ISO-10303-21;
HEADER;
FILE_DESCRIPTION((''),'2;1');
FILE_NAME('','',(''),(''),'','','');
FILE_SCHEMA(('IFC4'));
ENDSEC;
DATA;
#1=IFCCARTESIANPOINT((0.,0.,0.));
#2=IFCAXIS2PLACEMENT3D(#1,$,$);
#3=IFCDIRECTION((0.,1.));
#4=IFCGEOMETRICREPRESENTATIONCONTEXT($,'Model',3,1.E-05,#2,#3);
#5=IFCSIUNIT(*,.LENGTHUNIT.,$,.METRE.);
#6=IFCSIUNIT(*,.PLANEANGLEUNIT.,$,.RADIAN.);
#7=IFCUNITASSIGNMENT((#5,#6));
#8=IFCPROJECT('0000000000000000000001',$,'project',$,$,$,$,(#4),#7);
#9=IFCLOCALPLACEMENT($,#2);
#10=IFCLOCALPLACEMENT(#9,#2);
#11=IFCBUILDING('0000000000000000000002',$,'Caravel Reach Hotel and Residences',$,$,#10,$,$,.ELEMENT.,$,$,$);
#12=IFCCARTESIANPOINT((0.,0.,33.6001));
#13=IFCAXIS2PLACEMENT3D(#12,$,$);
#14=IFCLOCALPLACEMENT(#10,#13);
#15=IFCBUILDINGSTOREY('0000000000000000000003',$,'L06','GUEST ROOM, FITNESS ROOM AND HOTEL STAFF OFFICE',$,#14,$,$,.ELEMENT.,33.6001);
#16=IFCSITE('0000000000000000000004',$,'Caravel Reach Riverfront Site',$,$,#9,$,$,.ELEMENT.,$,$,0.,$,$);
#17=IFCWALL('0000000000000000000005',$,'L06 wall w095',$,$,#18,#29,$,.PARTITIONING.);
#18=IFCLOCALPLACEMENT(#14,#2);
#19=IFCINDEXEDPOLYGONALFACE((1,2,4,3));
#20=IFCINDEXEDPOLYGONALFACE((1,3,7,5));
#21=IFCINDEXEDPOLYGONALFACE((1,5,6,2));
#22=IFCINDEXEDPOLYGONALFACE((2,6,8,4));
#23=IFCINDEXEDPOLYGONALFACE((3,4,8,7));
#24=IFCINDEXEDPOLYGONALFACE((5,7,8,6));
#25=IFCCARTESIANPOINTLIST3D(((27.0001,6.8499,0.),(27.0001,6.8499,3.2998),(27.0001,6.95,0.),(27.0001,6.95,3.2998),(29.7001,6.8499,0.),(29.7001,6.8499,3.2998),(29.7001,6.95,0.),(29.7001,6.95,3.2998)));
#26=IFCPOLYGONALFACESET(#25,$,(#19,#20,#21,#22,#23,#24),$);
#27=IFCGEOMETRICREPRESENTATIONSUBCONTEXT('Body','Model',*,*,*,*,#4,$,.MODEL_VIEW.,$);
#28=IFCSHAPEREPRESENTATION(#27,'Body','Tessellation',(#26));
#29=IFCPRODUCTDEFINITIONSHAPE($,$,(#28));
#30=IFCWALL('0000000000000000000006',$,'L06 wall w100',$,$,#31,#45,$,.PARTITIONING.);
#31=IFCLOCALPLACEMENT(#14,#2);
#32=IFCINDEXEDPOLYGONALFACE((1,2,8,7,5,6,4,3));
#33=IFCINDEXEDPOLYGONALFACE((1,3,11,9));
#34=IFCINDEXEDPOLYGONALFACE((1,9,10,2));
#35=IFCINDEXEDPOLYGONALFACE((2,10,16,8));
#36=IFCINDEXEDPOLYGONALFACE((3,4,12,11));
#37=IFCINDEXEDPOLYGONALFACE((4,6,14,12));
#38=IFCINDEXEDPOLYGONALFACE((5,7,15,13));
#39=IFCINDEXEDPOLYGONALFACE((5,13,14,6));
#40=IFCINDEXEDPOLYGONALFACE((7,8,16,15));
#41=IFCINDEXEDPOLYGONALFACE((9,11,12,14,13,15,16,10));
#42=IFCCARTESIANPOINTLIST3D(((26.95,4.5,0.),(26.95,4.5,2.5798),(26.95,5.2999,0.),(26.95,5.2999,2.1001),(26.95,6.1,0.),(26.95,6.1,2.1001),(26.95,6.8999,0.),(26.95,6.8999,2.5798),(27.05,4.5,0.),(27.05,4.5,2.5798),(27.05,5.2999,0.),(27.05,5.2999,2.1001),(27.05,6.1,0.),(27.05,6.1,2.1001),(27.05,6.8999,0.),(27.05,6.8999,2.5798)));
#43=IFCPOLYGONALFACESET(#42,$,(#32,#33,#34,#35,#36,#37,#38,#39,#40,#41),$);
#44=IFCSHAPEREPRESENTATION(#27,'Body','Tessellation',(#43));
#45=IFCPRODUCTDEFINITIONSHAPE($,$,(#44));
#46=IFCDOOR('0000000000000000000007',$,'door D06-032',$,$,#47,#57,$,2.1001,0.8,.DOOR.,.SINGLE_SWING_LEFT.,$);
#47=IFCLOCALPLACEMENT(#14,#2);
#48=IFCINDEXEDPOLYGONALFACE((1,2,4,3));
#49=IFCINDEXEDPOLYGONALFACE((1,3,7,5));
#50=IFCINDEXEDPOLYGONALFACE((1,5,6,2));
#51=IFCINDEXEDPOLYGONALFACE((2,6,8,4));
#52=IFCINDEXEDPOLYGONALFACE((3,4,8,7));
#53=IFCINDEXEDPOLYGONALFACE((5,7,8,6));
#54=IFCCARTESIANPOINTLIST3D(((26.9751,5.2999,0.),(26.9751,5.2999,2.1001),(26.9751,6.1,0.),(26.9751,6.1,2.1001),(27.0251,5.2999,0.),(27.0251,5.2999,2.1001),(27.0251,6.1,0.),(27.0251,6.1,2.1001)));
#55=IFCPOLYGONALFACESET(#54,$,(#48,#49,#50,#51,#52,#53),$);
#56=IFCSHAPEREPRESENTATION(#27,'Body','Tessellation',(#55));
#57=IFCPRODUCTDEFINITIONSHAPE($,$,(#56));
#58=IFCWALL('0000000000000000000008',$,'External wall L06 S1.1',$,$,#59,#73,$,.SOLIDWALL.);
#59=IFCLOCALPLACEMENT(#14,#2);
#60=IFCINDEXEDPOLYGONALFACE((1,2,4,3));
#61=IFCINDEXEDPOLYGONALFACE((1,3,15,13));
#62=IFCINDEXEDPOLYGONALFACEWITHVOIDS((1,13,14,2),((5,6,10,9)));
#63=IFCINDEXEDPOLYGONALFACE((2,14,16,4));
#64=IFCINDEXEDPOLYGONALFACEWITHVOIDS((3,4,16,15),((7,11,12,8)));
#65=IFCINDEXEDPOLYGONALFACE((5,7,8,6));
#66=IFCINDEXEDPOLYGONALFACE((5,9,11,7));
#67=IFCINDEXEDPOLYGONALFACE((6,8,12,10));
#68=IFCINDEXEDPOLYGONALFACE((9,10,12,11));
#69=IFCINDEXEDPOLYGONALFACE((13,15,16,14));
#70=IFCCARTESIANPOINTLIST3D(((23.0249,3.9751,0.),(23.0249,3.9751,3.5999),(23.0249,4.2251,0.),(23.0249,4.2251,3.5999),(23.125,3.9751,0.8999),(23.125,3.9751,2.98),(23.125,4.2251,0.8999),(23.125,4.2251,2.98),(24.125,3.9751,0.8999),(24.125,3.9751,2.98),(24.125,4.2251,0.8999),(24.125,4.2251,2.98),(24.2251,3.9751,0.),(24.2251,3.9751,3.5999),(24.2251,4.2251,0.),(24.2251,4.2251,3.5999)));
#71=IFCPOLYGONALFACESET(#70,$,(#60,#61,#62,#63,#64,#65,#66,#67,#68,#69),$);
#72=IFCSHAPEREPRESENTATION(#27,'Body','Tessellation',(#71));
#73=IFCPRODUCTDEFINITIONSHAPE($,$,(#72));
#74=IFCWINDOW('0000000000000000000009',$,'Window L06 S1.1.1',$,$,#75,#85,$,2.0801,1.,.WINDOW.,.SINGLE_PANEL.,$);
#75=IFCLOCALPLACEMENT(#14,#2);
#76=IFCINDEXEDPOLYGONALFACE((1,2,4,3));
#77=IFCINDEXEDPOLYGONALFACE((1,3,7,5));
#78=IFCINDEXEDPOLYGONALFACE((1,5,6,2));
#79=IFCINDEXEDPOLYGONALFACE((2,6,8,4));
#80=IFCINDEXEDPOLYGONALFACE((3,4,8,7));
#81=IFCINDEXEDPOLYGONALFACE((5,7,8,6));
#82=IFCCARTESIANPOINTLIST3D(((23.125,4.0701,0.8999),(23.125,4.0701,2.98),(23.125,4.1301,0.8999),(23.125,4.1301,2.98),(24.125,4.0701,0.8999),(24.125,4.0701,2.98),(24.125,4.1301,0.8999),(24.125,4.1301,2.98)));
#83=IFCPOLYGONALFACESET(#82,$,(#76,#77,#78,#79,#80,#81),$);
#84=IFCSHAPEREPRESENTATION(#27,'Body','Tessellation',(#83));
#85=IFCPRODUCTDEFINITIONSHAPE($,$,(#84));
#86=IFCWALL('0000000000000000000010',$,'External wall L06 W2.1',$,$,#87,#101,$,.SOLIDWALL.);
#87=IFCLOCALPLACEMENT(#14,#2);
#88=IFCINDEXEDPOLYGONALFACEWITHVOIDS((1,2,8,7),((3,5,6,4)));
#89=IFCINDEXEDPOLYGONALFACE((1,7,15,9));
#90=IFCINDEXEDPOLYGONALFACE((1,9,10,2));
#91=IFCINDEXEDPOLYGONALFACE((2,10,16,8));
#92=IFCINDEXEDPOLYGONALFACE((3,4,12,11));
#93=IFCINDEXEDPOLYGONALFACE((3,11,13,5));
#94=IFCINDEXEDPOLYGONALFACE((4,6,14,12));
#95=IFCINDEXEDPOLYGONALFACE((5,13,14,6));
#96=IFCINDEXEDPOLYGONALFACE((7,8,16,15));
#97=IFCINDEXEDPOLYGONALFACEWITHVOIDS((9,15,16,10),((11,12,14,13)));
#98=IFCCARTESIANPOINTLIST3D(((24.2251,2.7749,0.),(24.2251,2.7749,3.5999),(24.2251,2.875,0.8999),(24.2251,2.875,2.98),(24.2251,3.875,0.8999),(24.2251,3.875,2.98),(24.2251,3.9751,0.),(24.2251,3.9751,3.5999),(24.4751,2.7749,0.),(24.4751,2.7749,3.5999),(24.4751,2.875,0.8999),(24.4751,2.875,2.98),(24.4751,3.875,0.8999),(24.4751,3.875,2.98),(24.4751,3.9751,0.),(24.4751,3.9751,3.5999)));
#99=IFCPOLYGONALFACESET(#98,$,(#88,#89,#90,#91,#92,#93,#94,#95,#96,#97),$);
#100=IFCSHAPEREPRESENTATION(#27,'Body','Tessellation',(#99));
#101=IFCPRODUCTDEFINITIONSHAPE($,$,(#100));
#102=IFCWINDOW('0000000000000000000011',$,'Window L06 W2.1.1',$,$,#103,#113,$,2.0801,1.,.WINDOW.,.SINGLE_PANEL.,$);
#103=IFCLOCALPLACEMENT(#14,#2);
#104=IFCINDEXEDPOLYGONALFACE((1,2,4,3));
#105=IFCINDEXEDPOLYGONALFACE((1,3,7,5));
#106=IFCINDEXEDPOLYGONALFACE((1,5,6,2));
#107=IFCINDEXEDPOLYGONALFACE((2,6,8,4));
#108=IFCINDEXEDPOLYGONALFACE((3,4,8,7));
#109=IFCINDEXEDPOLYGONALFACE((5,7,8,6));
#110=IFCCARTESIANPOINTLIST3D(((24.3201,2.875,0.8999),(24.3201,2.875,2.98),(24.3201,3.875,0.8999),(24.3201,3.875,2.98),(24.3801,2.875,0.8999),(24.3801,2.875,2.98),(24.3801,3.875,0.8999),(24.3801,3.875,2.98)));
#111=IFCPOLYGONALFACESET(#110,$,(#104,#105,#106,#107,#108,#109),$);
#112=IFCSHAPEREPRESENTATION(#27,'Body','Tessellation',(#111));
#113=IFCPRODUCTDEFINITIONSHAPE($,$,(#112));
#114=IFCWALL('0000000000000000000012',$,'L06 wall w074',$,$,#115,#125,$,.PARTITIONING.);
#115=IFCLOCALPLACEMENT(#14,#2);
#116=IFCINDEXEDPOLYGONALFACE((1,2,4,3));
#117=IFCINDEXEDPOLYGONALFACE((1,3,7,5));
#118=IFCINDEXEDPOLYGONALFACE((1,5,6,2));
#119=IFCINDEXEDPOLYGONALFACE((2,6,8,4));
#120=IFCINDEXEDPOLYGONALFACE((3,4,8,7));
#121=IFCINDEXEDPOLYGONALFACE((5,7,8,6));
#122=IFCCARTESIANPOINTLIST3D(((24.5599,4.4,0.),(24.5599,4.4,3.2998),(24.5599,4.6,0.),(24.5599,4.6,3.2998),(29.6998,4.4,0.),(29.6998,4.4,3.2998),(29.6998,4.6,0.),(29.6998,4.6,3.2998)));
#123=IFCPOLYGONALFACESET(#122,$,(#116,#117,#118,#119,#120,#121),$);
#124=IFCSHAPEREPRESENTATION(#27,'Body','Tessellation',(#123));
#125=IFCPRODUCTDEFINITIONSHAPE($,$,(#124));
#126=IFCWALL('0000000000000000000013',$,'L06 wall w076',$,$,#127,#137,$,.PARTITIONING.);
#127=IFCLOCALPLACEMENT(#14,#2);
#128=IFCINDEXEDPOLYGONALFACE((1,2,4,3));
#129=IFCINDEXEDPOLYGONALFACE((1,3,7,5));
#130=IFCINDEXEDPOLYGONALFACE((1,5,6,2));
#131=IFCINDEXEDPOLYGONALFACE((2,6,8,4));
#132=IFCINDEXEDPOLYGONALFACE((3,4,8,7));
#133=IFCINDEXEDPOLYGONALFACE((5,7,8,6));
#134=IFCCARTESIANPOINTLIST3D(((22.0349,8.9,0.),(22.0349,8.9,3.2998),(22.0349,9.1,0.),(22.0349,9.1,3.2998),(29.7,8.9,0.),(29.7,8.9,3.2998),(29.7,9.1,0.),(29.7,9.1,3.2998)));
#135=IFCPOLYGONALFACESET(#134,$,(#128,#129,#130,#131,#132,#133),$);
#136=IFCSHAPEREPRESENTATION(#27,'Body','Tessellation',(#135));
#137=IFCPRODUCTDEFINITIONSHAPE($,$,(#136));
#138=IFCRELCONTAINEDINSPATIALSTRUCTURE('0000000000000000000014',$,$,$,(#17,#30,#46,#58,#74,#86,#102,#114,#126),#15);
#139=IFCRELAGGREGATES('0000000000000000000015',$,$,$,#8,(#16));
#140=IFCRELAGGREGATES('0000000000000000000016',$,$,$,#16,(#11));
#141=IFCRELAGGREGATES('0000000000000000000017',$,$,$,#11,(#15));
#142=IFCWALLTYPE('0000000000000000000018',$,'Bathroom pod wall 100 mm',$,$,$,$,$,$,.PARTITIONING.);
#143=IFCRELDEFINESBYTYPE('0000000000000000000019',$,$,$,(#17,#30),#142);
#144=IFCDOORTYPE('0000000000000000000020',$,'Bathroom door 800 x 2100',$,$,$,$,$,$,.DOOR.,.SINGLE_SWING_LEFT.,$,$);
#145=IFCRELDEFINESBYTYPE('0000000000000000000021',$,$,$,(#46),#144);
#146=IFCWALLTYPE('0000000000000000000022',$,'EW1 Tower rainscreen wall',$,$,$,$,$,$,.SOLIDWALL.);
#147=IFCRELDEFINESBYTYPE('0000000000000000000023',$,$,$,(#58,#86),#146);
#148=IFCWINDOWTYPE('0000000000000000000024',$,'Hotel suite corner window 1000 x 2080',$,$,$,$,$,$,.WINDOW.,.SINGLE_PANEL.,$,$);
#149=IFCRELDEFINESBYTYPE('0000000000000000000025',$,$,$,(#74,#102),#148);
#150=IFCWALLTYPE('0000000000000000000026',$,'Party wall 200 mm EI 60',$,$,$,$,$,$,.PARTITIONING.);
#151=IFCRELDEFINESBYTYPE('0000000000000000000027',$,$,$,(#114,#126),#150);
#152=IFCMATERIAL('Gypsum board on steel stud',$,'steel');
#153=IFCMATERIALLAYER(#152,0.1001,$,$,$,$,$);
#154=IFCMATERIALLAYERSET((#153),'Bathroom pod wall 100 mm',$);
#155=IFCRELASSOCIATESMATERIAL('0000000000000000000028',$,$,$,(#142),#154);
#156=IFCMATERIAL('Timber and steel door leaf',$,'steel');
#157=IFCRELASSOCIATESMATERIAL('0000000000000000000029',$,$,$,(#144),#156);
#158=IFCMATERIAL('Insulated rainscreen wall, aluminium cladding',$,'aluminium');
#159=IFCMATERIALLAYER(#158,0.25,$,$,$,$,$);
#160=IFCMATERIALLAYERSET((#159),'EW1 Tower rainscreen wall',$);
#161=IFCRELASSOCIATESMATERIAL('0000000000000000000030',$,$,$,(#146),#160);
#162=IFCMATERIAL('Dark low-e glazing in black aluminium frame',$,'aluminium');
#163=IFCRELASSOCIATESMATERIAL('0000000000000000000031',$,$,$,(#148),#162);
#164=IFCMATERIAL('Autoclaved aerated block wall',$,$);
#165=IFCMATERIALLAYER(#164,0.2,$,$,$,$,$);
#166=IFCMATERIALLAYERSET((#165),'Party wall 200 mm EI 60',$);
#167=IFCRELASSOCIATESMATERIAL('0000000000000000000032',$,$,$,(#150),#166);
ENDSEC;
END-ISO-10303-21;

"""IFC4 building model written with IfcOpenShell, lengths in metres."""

from ifc_helpers import new_model, si_unit, direction, frame, frame_2d, origin, place, context, subcontext, project, spatial, rectangle, extrude, material, layer, layer_set, type_object, element, fill, save


model = new_model("IFC4")

# Units and contexts
model_context = context("Model", 3, precision=1e-05, world=origin(), true_north=direction((0.0, 1.0)))
body_context = subcontext(model_context, "Body", "Model", "MODEL_VIEW")
ifc_project = project(units=[si_unit("LENGTHUNIT", "METRE"), si_unit("PLANEANGLEUNIT", "RADIAN")], contexts=[model_context])

# Site, building, storey
site_placement = place(None, origin())
site = spatial("IfcSite", under=ifc_project, at=site_placement, Name="Caravel Reach Riverfront Site", CompositionType="ELEMENT", RefElevation=0.0)
building_placement = place(site_placement, origin())
building = spatial("IfcBuilding", under=site, at=building_placement, Name="Caravel Reach Hotel and Residences", CompositionType="ELEMENT")
storey_placement = place(building_placement, frame((0.0, 0.0, 33.6001)))
storey = spatial("IfcBuildingStorey", under=building, at=storey_placement, Name="L06", Description="GUEST ROOM, FITNESS ROOM AND HOTEL STAFF OFFICE", CompositionType="ELEMENT", Elevation=33.6001)

# Wall
ifc_material_1 = material(Name="Gypsum board on steel stud", Category="steel")
ifc_layer_1 = layer(ifc_material_1, 0.1001)
ifc_layer_set_1 = layer_set([ifc_layer_1], Name="Bathroom pod wall 100 mm")
wall_type_1 = type_object("IfcWallType", Name="Bathroom pod wall 100 mm", PredefinedType="PARTITIONING", material=ifc_layer_set_1)
wall_1_placement = place(storey_placement, frame((27.0, 6.8999, 0.0), z_axis=(0.0, 0.0, 1.0), x_axis=(1.0, 0.0, 0.0)))
element("IfcWall", 1, at=wall_1_placement, inside=storey, type_object=wall_type_1, Name="L06 wall w095", PredefinedType="PARTITIONING", context=body_context, shape_type="SweptSolid", body=[
    extrude(rectangle(XDim=2.7, YDim=0.1001, at=frame_2d((1.3501, 0.0))), origin(), (0.0, 0.0, 1.0), 3.2998),
])

# Wall, opening, door
wall_2_placement = place(storey_placement, frame((27.0, 4.5, 0.0), z_axis=(0.0, 0.0, 1.0), x_axis=(0.0, 1.0, 0.0)))
wall_2 = element("IfcWall", 2, at=wall_2_placement, inside=storey, type_object=wall_type_1, Name="L06 wall w100", PredefinedType="PARTITIONING", context=body_context, shape_type="SweptSolid", body=[
    extrude(rectangle(XDim=2.3999, YDim=0.1001, at=frame_2d((1.2, 0.0))), origin(), (0.0, 0.0, 1.0), 2.5798),
])
opening_1_placement = place(wall_2_placement, frame((0.8, 0.0, 0.0)))
opening_1 = element("IfcOpeningElement", 3, at=opening_1_placement, cuts=wall_2, PredefinedType="OPENING", context=body_context, shape_type="SweptSolid", body=[
    extrude(rectangle(XDim=0.8, YDim=2.1001, at=frame_2d((0.3999, 1.05))), frame((0.0, 0.0601, 0.0), z_axis=(0.0, -1.0, 0.0), x_axis=(1.0, 0.0, 0.0)), (0.0, 0.0, 1.0), 0.1201),
])
ifc_material_2 = material(Name="Timber and steel door leaf", Category="steel")
door_type = type_object("IfcDoorType", Name="Bathroom door 800 x 2100", OperationType="SINGLE_SWING_LEFT", PredefinedType="DOOR", material=ifc_material_2)
door_placement = place(opening_1_placement, origin())
door = element("IfcDoor", 4, at=door_placement, inside=storey, type_object=door_type, Name="door D06-032", OperationType="SINGLE_SWING_LEFT", OverallHeight=2.1001, OverallWidth=0.8, PredefinedType="DOOR", context=body_context, shape_type="SweptSolid", body=[
    extrude(rectangle(XDim=0.8, YDim=2.1001, at=frame_2d((0.3999, 1.05))), frame((0.0, 0.0249, 0.0), z_axis=(0.0, -1.0, 0.0), x_axis=(1.0, 0.0, 0.0)), (0.0, 0.0, 1.0), 0.05),
])
fill(opening_1, door)

# Walls, openings, windows
ifc_material_3 = material(Name="Insulated rainscreen wall, aluminium cladding", Category="aluminium")
ifc_layer_2 = layer(ifc_material_3, 0.25)
ifc_layer_set_2 = layer_set([ifc_layer_2], Name="EW1 Tower rainscreen wall")
wall_type_2 = type_object("IfcWallType", Name="EW1 Tower rainscreen wall", PredefinedType="SOLIDWALL", material=ifc_layer_set_2)
wall_3_placement = place(storey_placement, frame((23.0249, 4.1001, 0.0), z_axis=(0.0, 0.0, 1.0), x_axis=(1.0, 0.0, 0.0)))
wall_3 = element("IfcWall", 5, at=wall_3_placement, inside=storey, type_object=wall_type_2, Name="External wall L06 S1.1", PredefinedType="SOLIDWALL", context=body_context, shape_type="SweptSolid", body=[
    extrude(rectangle(XDim=1.2002, YDim=0.25, at=frame_2d((0.6001, 0.0))), origin(), (0.0, 0.0, 1.0), 3.5999),
])
opening_2_placement = place(wall_3_placement, frame((0.1001, 0.0, 0.8999)))
opening_2 = element("IfcOpeningElement", 6, at=opening_2_placement, cuts=wall_3, PredefinedType="OPENING", context=body_context, shape_type="SweptSolid", body=[
    extrude(rectangle(XDim=1.0, YDim=2.0801, at=frame_2d((0.5, 1.04))), frame((0.0, 0.135, 0.0), z_axis=(0.0, -1.0, 0.0), x_axis=(1.0, 0.0, 0.0)), (0.0, 0.0, 1.0), 0.27),
])
ifc_material_4 = material(Name="Dark low-e glazing in black aluminium frame", Category="aluminium")
window_type = type_object("IfcWindowType", Name="Hotel suite corner window 1000 x 2080", PartitioningType="SINGLE_PANEL", PredefinedType="WINDOW", material=ifc_material_4)
window_1_placement = place(opening_2_placement, origin())
window_1 = element("IfcWindow", 7, at=window_1_placement, inside=storey, type_object=window_type, Name="Window L06 S1.1.1", OverallHeight=2.0801, OverallWidth=1.0, PartitioningType="SINGLE_PANEL", PredefinedType="WINDOW", context=body_context, shape_type="SweptSolid", body=[
    extrude(rectangle(XDim=1.0, YDim=2.0801, at=frame_2d((0.5, 1.04))), frame((0.0, 0.03, 0.0), z_axis=(0.0, -1.0, 0.0), x_axis=(1.0, 0.0, 0.0)), (0.0, 0.0, 1.0), 0.0601),
])
fill(opening_2, window_1)
wall_4_placement = place(storey_placement, frame((24.3501, 3.9751, 0.0), z_axis=(0.0, 0.0, 1.0), x_axis=(0.0, -1.0, 0.0)))
wall_4 = element("IfcWall", 8, at=wall_4_placement, inside=storey, type_object=wall_type_2, Name="External wall L06 W2.1", PredefinedType="SOLIDWALL", context=body_context, shape_type="SweptSolid", body=[
    extrude(rectangle(XDim=1.2002, YDim=0.25, at=frame_2d((0.6001, 0.0))), origin(), (0.0, 0.0, 1.0), 3.5999),
])
opening_3_placement = place(wall_4_placement, frame((0.1001, 0.0, 0.8999)))
opening_3 = element("IfcOpeningElement", 9, at=opening_3_placement, cuts=wall_4, PredefinedType="OPENING", context=body_context, shape_type="SweptSolid", body=[
    extrude(rectangle(XDim=1.0, YDim=2.0801, at=frame_2d((0.5, 1.04))), frame((0.0, 0.135, 0.0), z_axis=(0.0, -1.0, 0.0), x_axis=(1.0, 0.0, 0.0)), (0.0, 0.0, 1.0), 0.27),
])
window_2_placement = place(opening_3_placement, origin())
window_2 = element("IfcWindow", 10, at=window_2_placement, inside=storey, type_object=window_type, Name="Window L06 W2.1.1", OverallHeight=2.0801, OverallWidth=1.0, PartitioningType="SINGLE_PANEL", PredefinedType="WINDOW", context=body_context, shape_type="SweptSolid", body=[
    extrude(rectangle(XDim=1.0, YDim=2.0801, at=frame_2d((0.5, 1.04))), frame((0.0, 0.03, 0.0), z_axis=(0.0, -1.0, 0.0), x_axis=(1.0, 0.0, 0.0)), (0.0, 0.0, 1.0), 0.0601),
])
fill(opening_3, window_2)

# Walls
ifc_material_5 = material(Name="Autoclaved aerated block wall")
ifc_layer_3 = layer(ifc_material_5, 0.2)
ifc_layer_set_3 = layer_set([ifc_layer_3], Name="Party wall 200 mm EI 60")
wall_type_3 = type_object("IfcWallType", Name="Party wall 200 mm EI 60", PredefinedType="PARTITIONING", material=ifc_layer_set_3)
wall_5_placement = place(storey_placement, frame((24.5601, 4.5, 0.0), z_axis=(0.0, 0.0, 1.0), x_axis=(1.0, 0.0, 0.0)))
element("IfcWall", 11, at=wall_5_placement, inside=storey, type_object=wall_type_3, Name="L06 wall w074", PredefinedType="PARTITIONING", context=body_context, shape_type="SweptSolid", body=[
    extrude(rectangle(XDim=5.1399, YDim=0.2, at=frame_2d((2.5698, 0.0))), origin(), (0.0, 0.0, 1.0), 3.2998),
])
wall_6_placement = place(storey_placement, frame((22.0349, 9.0, 0.0), z_axis=(0.0, 0.0, 1.0), x_axis=(1.0, 0.0, 0.0)))
element("IfcWall", 12, at=wall_6_placement, inside=storey, type_object=wall_type_3, Name="L06 wall w076", PredefinedType="PARTITIONING", context=body_context, shape_type="SweptSolid", body=[
    extrude(rectangle(XDim=7.665, YDim=0.2, at=frame_2d((3.8325, 0.0))), origin(), (0.0, 0.0, 1.0), 3.2998),
])

save(model, "model.ifc")
